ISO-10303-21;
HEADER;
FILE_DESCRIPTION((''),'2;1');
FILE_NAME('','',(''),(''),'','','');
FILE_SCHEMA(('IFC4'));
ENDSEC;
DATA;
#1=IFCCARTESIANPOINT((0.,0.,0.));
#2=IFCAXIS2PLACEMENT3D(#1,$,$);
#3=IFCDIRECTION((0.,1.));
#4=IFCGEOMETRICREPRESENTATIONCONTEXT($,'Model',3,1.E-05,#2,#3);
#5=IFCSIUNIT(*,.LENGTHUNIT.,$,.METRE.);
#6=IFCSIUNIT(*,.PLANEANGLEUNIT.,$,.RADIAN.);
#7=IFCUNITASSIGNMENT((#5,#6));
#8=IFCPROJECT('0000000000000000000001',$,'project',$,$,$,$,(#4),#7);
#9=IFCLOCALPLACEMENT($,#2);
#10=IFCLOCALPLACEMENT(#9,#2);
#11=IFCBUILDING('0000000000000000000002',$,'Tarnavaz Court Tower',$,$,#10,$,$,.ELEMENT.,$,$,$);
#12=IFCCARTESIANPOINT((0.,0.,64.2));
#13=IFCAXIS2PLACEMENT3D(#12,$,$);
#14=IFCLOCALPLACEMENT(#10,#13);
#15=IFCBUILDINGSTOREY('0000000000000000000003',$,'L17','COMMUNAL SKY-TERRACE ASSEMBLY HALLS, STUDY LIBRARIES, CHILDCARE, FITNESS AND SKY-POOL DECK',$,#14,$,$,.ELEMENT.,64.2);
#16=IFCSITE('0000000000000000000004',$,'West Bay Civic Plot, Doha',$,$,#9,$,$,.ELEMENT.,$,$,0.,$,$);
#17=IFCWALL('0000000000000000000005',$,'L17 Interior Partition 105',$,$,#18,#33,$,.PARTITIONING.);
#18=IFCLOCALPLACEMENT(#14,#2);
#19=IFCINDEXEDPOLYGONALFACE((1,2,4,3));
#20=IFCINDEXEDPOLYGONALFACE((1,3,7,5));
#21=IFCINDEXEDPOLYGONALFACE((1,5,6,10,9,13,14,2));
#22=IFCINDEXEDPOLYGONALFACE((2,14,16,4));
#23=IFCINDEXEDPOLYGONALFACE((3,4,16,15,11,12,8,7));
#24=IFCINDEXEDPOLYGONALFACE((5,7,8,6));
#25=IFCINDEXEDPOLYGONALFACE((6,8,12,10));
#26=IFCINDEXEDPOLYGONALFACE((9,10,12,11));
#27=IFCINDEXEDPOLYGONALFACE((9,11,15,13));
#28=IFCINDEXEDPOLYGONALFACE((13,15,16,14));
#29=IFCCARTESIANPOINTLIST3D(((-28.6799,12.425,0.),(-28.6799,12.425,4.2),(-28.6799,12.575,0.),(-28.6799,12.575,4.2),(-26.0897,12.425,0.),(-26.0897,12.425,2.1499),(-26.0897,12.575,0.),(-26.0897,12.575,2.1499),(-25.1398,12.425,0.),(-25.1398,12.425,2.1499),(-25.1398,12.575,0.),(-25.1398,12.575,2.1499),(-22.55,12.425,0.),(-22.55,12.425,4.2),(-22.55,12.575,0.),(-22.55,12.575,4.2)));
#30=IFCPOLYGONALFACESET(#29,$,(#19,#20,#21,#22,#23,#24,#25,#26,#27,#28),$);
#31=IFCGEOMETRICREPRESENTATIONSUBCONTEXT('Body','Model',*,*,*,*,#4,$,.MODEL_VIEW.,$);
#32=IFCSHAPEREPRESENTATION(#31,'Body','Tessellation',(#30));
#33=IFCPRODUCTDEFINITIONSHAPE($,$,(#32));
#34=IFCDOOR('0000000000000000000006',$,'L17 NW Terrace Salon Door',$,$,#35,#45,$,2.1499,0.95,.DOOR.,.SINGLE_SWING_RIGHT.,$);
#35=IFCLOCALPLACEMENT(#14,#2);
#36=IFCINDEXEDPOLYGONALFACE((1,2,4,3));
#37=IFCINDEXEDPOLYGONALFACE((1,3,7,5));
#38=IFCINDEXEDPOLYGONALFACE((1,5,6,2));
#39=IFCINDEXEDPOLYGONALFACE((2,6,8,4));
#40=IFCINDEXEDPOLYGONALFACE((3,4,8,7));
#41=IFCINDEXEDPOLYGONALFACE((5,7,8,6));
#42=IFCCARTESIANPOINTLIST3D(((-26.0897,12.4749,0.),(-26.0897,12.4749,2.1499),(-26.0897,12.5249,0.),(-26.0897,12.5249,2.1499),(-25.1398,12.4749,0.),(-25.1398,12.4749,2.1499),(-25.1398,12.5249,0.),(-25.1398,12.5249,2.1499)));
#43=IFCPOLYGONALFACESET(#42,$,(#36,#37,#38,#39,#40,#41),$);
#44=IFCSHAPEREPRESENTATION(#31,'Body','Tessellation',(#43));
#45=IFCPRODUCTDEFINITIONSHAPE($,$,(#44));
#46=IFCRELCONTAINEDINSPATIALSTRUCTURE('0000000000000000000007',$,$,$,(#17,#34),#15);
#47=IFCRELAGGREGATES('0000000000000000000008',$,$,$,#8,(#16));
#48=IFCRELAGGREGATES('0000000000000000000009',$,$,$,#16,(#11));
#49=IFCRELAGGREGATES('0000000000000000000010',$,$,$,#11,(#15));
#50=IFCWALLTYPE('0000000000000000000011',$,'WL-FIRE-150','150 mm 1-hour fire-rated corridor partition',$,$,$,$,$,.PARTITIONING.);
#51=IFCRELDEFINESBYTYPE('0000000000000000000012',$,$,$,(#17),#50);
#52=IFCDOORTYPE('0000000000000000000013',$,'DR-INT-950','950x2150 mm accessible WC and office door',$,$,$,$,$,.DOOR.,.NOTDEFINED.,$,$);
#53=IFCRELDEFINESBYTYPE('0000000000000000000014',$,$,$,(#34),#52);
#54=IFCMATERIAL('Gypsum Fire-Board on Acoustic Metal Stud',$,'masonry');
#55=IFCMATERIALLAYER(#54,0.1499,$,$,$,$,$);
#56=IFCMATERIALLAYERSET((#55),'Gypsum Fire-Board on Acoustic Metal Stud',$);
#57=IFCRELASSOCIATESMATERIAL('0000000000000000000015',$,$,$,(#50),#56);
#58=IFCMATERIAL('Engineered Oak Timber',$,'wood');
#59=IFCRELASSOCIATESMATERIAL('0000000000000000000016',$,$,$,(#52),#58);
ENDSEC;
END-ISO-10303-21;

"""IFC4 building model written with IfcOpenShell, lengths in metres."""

from ifc_helpers import new_model, si_unit, direction, frame, frame_2d, origin, place, context, subcontext, project, spatial, rectangle, extrude, material, layer, layer_set, type_object, element, fill, save


model = new_model("IFC4")

# Units and contexts
model_context = context("Model", 3, precision=1e-05, world=origin(), true_north=direction((0.0, 1.0)))
body_context = subcontext(model_context, "Body", "Model", "MODEL_VIEW")
ifc_project = project(units=[si_unit("LENGTHUNIT", "METRE"), si_unit("PLANEANGLEUNIT", "RADIAN")], contexts=[model_context])

# Site, building, storey
site_placement = place(None, origin())
site = spatial("IfcSite", under=ifc_project, at=site_placement, Name="West Bay Civic Plot, Doha", CompositionType="ELEMENT", RefElevation=0.0)
building_placement = place(site_placement, origin())
building = spatial("IfcBuilding", under=site, at=building_placement, Name="Tarnavaz Court Tower", CompositionType="ELEMENT")
storey_placement = place(building_placement, frame((0.0, 0.0, 64.2)))
storey = spatial("IfcBuildingStorey", under=building, at=storey_placement, Name="L17", Description="COMMUNAL SKY-TERRACE ASSEMBLY HALLS, STUDY LIBRARIES, CHILDCARE, FITNESS AND SKY-POOL DECK", CompositionType="ELEMENT", Elevation=64.2)

# Shared definitions
ifc_material_1 = material(Name="Gypsum Fire-Board on Acoustic Metal Stud", Category="masonry")
ifc_layer_1 = layer(ifc_material_1, 0.1499)
ifc_layer_set_1 = layer_set([ifc_layer_1], Name="Gypsum Fire-Board on Acoustic Metal Stud")
wall_type_1 = type_object("IfcWallType", Name="WL-FIRE-150", Description="150 mm 1-hour fire-rated corridor partition", PredefinedType="PARTITIONING", material=ifc_layer_set_1)

# Wall, opening, door
wall_1_placement = place(storey_placement, frame((-28.6799, 12.5, 0.0), z_axis=(0.0, 0.0, 1.0), x_axis=(1.0, 0.0, 0.0)))
wall_1 = element("IfcWall", 1, at=wall_1_placement, inside=storey, type_object=wall_type_1, Name="L17 Interior Partition 105", PredefinedType="PARTITIONING", context=body_context, shape_type="SweptSolid", body=[
    extrude(rectangle(XDim=6.1299, YDim=0.1499, at=frame_2d((3.0649, 0.0))), origin(), (0.0, 0.0, 1.0), 4.2),
])
opening_1_placement = place(wall_1_placement, frame((2.5901, 0.0, 0.0)))
opening_1 = element("IfcOpeningElement", 2, at=opening_1_placement, cuts=wall_1, PredefinedType="OPENING", context=body_context, shape_type="SweptSolid", body=[
    extrude(rectangle(XDim=0.95, YDim=2.1499, at=frame_2d((0.4751, 1.075))), frame((0.0, 0.085, 0.0), z_axis=(0.0, -1.0, 0.0), x_axis=(1.0, 0.0, 0.0)), (0.0, 0.0, 1.0), 0.1699),
])
ifc_material_2 = material(Name="Engineered Oak Timber", Category="wood")
door_type_1 = type_object("IfcDoorType", Name="DR-INT-950", Description="950x2150 mm accessible WC and office door", OperationType="NOTDEFINED", PredefinedType="DOOR", material=ifc_material_2)
door_1_placement = place(opening_1_placement, origin())
door_1 = element("IfcDoor", 3, at=door_1_placement, inside=storey, type_object=door_type_1, Name="L17 NW Terrace Salon Door", OperationType="SINGLE_SWING_RIGHT", OverallHeight=2.1499, OverallWidth=0.95, PredefinedType="DOOR", context=body_context, shape_type="SweptSolid", body=[
    extrude(rectangle(XDim=0.95, YDim=2.1499, at=frame_2d((0.4751, 1.075))), frame((0.0, 0.0249, 0.0), z_axis=(0.0, -1.0, 0.0), x_axis=(1.0, 0.0, 0.0)), (0.0, 0.0, 1.0), 0.05),
])
fill(opening_1, door_1)

save(model, "model.ifc")
